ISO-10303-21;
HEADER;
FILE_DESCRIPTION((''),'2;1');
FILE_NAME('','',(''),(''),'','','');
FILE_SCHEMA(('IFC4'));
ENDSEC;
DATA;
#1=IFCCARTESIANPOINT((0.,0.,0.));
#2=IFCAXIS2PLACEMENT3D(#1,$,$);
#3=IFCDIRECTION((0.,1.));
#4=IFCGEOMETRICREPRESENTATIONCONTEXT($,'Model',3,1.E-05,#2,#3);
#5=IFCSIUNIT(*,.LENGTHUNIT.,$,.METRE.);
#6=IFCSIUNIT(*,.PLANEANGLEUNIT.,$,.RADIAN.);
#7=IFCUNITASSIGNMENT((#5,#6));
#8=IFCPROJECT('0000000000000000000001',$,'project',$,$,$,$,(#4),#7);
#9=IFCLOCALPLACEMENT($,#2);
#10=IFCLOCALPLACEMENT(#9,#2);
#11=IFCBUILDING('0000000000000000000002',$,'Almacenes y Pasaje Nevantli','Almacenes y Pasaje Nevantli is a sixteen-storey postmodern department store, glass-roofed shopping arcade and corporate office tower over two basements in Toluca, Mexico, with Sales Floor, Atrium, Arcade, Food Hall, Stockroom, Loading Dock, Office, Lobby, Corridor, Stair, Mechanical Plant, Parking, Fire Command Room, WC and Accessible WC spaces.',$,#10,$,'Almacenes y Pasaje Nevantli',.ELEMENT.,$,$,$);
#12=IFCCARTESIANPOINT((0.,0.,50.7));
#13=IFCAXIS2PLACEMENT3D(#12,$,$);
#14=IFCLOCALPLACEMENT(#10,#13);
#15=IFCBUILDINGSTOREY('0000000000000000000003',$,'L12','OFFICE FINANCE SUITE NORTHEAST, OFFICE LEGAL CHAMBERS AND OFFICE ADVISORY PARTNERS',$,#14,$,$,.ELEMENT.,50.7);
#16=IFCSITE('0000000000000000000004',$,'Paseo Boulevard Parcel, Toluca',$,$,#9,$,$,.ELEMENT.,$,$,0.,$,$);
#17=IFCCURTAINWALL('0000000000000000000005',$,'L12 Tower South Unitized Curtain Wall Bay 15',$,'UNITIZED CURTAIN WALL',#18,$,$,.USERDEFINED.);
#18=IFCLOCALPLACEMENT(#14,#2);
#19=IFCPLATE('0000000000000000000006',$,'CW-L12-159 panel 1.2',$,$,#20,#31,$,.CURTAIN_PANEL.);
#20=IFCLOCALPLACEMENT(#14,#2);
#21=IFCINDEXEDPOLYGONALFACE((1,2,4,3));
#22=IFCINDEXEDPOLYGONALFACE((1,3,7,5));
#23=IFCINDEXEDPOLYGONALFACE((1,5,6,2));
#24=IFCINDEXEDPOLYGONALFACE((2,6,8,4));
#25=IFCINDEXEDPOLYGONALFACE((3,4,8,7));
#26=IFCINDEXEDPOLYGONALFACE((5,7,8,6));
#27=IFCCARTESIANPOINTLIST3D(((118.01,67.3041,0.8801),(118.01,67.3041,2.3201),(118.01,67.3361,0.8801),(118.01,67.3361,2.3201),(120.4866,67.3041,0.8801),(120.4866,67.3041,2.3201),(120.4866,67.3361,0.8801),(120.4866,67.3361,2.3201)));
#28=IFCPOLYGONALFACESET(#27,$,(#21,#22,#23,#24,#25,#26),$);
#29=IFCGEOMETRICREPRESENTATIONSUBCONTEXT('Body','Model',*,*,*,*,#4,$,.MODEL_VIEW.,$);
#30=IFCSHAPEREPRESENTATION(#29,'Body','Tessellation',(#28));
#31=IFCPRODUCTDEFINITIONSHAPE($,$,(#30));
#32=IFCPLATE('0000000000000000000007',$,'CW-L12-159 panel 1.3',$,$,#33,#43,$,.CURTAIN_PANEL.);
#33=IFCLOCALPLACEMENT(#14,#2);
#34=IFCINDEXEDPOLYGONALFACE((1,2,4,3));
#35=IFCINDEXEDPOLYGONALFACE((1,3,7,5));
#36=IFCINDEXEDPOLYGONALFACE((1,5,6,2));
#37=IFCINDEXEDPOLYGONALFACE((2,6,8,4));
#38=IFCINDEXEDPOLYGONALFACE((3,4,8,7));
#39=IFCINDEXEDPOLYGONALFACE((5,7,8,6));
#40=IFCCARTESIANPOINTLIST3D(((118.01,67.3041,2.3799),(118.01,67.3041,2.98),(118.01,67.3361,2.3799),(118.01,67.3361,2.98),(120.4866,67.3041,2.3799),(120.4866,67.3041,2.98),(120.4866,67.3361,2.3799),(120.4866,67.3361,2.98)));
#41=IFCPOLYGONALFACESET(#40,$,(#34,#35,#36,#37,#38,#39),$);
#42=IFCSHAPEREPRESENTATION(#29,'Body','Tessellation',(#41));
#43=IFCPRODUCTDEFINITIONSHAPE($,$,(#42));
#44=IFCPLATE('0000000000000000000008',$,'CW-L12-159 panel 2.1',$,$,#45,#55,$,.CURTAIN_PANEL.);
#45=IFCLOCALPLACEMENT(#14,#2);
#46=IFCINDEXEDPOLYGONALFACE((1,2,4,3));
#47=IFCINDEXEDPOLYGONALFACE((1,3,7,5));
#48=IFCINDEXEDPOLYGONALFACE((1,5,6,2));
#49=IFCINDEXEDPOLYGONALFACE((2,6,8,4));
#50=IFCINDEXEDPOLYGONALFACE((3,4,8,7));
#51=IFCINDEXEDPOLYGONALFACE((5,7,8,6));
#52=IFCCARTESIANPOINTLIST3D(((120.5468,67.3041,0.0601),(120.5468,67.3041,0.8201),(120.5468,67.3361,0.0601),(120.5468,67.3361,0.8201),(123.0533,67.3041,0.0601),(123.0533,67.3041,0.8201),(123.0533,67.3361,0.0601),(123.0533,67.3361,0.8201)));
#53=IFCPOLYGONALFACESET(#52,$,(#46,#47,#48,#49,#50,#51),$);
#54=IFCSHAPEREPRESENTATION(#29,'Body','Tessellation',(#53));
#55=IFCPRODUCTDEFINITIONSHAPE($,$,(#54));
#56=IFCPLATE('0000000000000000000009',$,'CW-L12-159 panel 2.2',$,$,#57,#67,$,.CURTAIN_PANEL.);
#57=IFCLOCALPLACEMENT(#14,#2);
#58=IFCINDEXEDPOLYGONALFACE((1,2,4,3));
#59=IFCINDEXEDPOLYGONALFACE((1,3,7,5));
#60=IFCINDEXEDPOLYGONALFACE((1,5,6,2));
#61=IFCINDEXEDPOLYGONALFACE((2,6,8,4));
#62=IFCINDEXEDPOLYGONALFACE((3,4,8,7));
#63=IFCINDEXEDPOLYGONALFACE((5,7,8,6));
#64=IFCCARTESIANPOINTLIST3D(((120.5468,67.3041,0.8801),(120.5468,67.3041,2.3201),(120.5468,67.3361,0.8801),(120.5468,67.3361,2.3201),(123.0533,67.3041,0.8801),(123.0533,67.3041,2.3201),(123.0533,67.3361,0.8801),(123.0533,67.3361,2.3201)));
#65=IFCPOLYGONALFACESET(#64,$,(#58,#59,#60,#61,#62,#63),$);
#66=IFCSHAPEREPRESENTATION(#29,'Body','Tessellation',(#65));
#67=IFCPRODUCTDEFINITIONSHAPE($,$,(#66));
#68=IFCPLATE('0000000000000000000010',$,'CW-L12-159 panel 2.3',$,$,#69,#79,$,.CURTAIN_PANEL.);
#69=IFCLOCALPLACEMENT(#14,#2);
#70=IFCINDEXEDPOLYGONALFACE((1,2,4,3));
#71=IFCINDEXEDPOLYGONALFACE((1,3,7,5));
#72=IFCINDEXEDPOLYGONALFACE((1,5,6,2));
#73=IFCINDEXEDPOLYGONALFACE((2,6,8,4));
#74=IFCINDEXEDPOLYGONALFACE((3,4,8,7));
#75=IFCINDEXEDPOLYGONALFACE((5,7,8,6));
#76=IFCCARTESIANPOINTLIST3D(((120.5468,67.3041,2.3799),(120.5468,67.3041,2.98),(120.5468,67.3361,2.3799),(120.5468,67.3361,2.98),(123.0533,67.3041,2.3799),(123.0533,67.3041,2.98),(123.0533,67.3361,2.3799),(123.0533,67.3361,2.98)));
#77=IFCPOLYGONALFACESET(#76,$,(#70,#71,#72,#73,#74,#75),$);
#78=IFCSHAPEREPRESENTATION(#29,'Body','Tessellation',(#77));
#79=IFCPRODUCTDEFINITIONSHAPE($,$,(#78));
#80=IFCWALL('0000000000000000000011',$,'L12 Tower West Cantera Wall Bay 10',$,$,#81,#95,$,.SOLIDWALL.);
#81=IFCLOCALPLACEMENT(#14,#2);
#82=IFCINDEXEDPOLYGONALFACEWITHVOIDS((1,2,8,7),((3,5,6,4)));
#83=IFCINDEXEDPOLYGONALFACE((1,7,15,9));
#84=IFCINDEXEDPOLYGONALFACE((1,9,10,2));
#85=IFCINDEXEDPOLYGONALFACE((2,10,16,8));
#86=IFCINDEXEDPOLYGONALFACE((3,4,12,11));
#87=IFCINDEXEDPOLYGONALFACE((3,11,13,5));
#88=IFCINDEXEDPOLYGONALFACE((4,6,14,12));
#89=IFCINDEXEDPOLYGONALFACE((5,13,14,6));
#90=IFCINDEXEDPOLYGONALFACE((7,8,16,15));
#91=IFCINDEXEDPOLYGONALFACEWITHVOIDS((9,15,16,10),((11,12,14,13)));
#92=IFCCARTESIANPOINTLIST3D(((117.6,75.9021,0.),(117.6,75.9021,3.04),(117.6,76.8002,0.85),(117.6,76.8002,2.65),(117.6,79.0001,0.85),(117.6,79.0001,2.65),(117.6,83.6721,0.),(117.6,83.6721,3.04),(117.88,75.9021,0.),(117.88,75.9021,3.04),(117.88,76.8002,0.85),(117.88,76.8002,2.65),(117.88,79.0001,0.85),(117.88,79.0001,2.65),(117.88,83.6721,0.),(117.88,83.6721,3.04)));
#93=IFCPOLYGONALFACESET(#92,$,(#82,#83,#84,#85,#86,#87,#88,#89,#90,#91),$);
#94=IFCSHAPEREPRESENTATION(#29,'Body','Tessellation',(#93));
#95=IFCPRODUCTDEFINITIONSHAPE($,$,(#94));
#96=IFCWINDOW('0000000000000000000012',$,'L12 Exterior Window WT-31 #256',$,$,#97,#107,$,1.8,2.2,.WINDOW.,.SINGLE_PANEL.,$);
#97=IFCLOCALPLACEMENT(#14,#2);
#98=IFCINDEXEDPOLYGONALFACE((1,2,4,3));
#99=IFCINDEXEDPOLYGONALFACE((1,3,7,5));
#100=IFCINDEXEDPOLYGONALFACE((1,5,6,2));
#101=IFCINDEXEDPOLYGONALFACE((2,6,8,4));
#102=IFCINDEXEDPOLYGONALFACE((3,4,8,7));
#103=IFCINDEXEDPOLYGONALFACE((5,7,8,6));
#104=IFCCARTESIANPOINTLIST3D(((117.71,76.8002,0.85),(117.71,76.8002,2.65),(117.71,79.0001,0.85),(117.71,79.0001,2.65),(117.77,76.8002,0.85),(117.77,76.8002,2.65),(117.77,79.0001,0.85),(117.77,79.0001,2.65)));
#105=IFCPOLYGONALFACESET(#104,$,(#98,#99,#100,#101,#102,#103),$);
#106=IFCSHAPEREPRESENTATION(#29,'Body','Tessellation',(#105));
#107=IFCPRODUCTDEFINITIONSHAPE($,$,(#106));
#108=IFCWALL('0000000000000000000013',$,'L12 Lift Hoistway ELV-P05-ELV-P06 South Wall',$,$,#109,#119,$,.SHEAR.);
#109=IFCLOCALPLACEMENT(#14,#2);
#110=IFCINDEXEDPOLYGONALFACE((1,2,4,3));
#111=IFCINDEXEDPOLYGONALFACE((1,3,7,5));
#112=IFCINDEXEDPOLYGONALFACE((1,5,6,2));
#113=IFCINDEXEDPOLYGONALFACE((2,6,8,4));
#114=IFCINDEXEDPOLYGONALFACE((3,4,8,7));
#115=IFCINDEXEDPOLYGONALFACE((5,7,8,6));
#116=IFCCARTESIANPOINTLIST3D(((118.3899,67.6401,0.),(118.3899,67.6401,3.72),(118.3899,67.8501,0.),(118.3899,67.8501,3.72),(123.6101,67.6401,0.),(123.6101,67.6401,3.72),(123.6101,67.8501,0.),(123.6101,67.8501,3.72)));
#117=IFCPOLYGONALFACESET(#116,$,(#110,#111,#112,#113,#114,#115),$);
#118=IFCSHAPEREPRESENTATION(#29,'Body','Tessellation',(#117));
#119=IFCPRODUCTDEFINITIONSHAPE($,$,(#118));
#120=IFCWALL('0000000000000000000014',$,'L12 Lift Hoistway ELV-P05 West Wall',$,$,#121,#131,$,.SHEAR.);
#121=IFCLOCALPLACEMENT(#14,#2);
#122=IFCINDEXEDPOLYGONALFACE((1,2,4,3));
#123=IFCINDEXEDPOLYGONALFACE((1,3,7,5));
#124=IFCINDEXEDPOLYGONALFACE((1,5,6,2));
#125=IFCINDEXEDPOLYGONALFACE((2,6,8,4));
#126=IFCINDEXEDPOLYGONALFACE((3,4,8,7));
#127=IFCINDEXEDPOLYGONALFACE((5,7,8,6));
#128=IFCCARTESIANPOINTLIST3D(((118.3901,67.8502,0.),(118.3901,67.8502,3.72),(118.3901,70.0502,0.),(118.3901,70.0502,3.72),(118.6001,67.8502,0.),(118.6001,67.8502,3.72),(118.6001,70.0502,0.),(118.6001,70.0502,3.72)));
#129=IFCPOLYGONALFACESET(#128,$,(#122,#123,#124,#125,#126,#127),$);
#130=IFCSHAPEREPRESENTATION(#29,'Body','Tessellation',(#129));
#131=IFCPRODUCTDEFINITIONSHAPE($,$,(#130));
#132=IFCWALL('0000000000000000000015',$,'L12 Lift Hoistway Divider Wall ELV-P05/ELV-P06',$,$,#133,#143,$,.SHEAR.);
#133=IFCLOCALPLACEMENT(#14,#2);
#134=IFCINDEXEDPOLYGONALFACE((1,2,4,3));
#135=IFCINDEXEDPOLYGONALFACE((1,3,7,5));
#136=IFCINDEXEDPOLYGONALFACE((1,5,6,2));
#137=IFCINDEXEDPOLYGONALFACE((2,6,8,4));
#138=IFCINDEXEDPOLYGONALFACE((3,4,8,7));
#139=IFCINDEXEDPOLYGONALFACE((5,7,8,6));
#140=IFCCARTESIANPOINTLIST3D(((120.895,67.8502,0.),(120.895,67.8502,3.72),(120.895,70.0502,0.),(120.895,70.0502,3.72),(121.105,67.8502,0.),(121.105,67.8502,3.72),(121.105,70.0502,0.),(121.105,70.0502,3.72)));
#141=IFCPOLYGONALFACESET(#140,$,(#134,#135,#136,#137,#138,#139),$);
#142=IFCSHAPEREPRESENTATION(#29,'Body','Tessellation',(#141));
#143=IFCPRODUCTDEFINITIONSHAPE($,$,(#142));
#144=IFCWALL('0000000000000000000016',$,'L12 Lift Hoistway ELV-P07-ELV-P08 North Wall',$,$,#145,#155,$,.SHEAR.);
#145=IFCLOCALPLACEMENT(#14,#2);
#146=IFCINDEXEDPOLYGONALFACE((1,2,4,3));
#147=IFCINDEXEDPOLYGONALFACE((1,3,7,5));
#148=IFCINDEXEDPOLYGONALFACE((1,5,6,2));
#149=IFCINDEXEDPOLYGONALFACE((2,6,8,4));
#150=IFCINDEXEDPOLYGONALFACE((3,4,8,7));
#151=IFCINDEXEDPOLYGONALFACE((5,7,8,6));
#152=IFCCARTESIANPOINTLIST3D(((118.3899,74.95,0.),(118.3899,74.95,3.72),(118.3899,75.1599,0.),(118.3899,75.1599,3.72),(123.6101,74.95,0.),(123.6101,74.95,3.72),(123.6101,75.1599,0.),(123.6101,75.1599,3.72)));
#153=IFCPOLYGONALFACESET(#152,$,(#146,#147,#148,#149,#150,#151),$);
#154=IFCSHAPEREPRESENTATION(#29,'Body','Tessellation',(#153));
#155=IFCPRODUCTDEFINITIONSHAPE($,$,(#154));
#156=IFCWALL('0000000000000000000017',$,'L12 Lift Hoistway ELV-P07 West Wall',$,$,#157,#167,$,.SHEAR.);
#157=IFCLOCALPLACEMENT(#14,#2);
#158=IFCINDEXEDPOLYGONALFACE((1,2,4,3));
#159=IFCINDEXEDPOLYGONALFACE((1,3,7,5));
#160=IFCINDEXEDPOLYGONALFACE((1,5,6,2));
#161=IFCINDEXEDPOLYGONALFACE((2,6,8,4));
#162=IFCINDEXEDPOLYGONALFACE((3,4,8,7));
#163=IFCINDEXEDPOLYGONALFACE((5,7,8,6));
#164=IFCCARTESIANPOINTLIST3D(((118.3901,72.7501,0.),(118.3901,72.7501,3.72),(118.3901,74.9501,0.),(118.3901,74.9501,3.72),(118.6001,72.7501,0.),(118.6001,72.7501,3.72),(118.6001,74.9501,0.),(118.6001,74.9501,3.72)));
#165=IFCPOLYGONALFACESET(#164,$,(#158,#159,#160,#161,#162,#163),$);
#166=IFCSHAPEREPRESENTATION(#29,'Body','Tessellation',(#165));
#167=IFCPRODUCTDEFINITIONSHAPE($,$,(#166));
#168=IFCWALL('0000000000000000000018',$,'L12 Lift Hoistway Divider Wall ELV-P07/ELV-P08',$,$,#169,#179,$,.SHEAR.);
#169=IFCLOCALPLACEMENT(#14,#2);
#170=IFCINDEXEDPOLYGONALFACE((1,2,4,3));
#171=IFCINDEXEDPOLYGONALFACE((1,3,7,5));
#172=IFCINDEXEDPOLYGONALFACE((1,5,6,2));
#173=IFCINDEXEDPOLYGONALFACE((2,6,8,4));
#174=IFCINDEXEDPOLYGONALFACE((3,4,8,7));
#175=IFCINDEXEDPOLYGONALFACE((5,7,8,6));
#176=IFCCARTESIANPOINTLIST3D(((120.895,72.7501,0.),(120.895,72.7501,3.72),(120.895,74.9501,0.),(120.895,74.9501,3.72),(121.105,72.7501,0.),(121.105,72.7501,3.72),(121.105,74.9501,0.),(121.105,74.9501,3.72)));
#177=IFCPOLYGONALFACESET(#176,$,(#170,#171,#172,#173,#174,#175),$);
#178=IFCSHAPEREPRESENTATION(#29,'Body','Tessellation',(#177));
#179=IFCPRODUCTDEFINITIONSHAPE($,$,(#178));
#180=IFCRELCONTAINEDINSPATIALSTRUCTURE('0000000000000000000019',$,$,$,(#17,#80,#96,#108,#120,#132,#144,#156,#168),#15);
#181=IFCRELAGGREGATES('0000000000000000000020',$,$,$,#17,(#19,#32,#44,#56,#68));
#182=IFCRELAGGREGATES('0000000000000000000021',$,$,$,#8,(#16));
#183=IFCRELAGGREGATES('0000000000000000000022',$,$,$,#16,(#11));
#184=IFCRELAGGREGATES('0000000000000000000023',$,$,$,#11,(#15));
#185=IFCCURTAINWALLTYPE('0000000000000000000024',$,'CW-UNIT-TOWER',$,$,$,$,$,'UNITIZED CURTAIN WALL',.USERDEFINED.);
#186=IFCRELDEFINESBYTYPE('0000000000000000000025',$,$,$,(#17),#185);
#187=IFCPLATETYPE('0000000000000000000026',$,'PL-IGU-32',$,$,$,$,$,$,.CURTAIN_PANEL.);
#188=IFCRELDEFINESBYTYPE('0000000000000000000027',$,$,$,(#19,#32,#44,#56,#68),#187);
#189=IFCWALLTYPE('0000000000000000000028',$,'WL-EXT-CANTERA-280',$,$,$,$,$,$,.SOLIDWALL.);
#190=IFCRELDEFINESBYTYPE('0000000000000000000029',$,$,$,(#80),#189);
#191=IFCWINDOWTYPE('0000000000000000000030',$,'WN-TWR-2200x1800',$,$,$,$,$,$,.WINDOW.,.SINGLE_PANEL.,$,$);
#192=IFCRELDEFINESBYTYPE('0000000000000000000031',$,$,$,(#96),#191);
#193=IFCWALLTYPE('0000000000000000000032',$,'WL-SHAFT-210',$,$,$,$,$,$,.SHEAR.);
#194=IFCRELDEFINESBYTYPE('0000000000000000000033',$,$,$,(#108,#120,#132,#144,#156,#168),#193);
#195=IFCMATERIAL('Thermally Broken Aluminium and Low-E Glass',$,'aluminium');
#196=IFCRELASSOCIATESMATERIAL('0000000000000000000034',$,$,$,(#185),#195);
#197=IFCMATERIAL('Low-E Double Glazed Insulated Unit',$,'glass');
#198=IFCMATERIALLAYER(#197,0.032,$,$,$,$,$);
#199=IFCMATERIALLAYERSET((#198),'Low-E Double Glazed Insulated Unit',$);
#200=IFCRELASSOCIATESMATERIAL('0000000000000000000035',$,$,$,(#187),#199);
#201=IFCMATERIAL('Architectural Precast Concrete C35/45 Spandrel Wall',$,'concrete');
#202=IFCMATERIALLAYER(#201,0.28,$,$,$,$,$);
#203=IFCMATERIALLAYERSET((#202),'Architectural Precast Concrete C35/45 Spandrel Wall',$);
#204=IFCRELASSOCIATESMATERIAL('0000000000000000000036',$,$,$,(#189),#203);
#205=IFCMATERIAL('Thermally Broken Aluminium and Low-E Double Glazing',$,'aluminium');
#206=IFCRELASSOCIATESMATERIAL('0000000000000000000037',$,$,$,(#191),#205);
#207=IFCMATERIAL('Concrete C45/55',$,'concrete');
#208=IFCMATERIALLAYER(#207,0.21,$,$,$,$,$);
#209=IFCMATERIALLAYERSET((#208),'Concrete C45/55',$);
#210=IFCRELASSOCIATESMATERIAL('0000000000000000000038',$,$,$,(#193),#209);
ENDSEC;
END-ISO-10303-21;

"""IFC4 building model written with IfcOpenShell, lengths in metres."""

from ifc_helpers import new_model, si_unit, direction, frame, frame_2d, origin, origin_2d, place, context, subcontext, project, spatial, rectangle, extrude, material, layer, layer_set, type_object, element, fill, aggregate, save


model = new_model("IFC4")

# Units and contexts
model_context = context("Model", 3, precision=1e-05, world=origin(), true_north=direction((0.0, 1.0)))
body_context = subcontext(model_context, "Body", "Model", "MODEL_VIEW")
ifc_project = project(units=[si_unit("LENGTHUNIT", "METRE"), si_unit("PLANEANGLEUNIT", "RADIAN")], contexts=[model_context])

# Site, building, storey
site_placement = place(None, origin())
site = spatial("IfcSite", under=ifc_project, at=site_placement, Name="Paseo Boulevard Parcel, Toluca", CompositionType="ELEMENT", RefElevation=0.0)
building_placement = place(site_placement, origin())
building = spatial("IfcBuilding", under=site, at=building_placement, Name="Almacenes y Pasaje Nevantli", Description="Almacenes y Pasaje Nevantli is a sixteen-storey postmodern department store, glass-roofed shopping arcade and corporate office tower over two basements in Toluca, Mexico, with Sales Floor, Atrium, Arcade, Food Hall, Stockroom, Loading Dock, Office, Lobby, Corridor, Stair, Mechanical Plant, Parking, Fire Command Room, WC and Accessible WC spaces.", LongName="Almacenes y Pasaje Nevantli", CompositionType="ELEMENT")
storey_placement = place(building_placement, frame((0.0, 0.0, 50.7)))
storey = spatial("IfcBuildingStorey", under=building, at=storey_placement, Name="L12", Description="OFFICE FINANCE SUITE NORTHEAST, OFFICE LEGAL CHAMBERS AND OFFICE ADVISORY PARTNERS", CompositionType="ELEMENT", Elevation=50.7)

# Curtain wall, plates
ifc_material_1 = material(Name="Thermally Broken Aluminium and Low-E Glass", Category="aluminium")
curtain_wall_type = type_object("IfcCurtainWallType", Name="CW-UNIT-TOWER", ElementType="UNITIZED CURTAIN WALL", PredefinedType="USERDEFINED", material=ifc_material_1)
curtain_wall_placement = place(storey_placement, origin())
curtain_wall = element("IfcCurtainWall", 1, at=curtain_wall_placement, inside=storey, type_object=curtain_wall_type, Name="L12 Tower South Unitized Curtain Wall Bay 15", ObjectType="UNITIZED CURTAIN WALL", PredefinedType="USERDEFINED")
ifc_material_2 = material(Name="Low-E Double Glazed Insulated Unit", Category="glass")
ifc_layer_1 = layer(ifc_material_2, 0.032)
ifc_layer_set_1 = layer_set([ifc_layer_1], Name="Low-E Double Glazed Insulated Unit")
plate_type = type_object("IfcPlateType", Name="PL-IGU-32", PredefinedType="CURTAIN_PANEL", material=ifc_layer_set_1)
plate_1_placement = place(storey_placement, frame((119.2483, 67.3201, 0.8801), z_axis=(0.0, 0.0, 1.0), x_axis=(1.0, 0.0, 0.0)))
plate_1 = element("IfcPlate", 2, at=plate_1_placement, type_object=plate_type, Name="CW-L12-159 panel 1.2", PredefinedType="CURTAIN_PANEL", context=body_context, shape_type="SweptSolid", body=[
    extrude(rectangle(XDim=2.4766, YDim=0.032, at=origin_2d()), origin(), (0.0, 0.0, 1.0), 1.4399),
])
plate_2_placement = place(storey_placement, frame((119.2483, 67.3201, 2.3799), z_axis=(0.0, 0.0, 1.0), x_axis=(1.0, 0.0, 0.0)))
plate_2 = element("IfcPlate", 3, at=plate_2_placement, type_object=plate_type, Name="CW-L12-159 panel 1.3", PredefinedType="CURTAIN_PANEL", context=body_context, shape_type="SweptSolid", body=[
    extrude(rectangle(XDim=2.4766, YDim=0.032, at=origin_2d()), origin(), (0.0, 0.0, 1.0), 0.6001),
])
plate_3_placement = place(storey_placement, frame((121.8, 67.3201, 0.0601), z_axis=(0.0, 0.0, 1.0), x_axis=(1.0, 0.0, 0.0)))
plate_3 = element("IfcPlate", 4, at=plate_3_placement, type_object=plate_type, Name="CW-L12-159 panel 2.1", PredefinedType="CURTAIN_PANEL", context=body_context, shape_type="SweptSolid", body=[
    extrude(rectangle(XDim=2.5066, YDim=0.032, at=origin_2d()), origin(), (0.0, 0.0, 1.0), 0.76),
])
plate_4_placement = place(storey_placement, frame((121.8, 67.3201, 0.8801), z_axis=(0.0, 0.0, 1.0), x_axis=(1.0, 0.0, 0.0)))
plate_4 = element("IfcPlate", 5, at=plate_4_placement, type_object=plate_type, Name="CW-L12-159 panel 2.2", PredefinedType="CURTAIN_PANEL", context=body_context, shape_type="SweptSolid", body=[
    extrude(rectangle(XDim=2.5066, YDim=0.032, at=origin_2d()), origin(), (0.0, 0.0, 1.0), 1.4399),
])
plate_5_placement = place(storey_placement, frame((121.8, 67.3201, 2.3799), z_axis=(0.0, 0.0, 1.0), x_axis=(1.0, 0.0, 0.0)))
plate_5 = element("IfcPlate", 6, at=plate_5_placement, type_object=plate_type, Name="CW-L12-159 panel 2.3", PredefinedType="CURTAIN_PANEL", context=body_context, shape_type="SweptSolid", body=[
    extrude(rectangle(XDim=2.5066, YDim=0.032, at=origin_2d()), origin(), (0.0, 0.0, 1.0), 0.6001),
])
aggregate(curtain_wall, [plate_1, plate_2, plate_3, plate_4, plate_5])

# Wall, opening, window
ifc_material_3 = material(Name="Architectural Precast Concrete C35/45 Spandrel Wall", Category="concrete")
ifc_layer_2 = layer(ifc_material_3, 0.28)
ifc_layer_set_2 = layer_set([ifc_layer_2], Name="Architectural Precast Concrete C35/45 Spandrel Wall")
wall_type_1 = type_object("IfcWallType", Name="WL-EXT-CANTERA-280", PredefinedType="SOLIDWALL", material=ifc_layer_set_2)
wall_1_placement = place(storey_placement, frame((117.74, 75.9021, 0.0), z_axis=(0.0, 0.0, 1.0), x_axis=(0.0, 1.0, 0.0)))
wall_1 = element("IfcWall", 7, at=wall_1_placement, inside=storey, type_object=wall_type_1, Name="L12 Tower West Cantera Wall Bay 10", PredefinedType="SOLIDWALL", context=body_context, shape_type="SweptSolid", body=[
    extrude(rectangle(XDim=7.77, YDim=0.28, at=frame_2d((3.885, 0.0))), origin(), (0.0, 0.0, 1.0), 3.04),
])
opening_1_placement = place(wall_1_placement, frame((0.8979, 0.0, 0.8501)))
opening_1 = element("IfcOpeningElement", 8, at=opening_1_placement, cuts=wall_1, PredefinedType="OPENING", context=body_context, shape_type="SweptSolid", body=[
    extrude(rectangle(XDim=2.2, YDim=1.8, at=frame_2d((1.1001, 0.8999))), frame((0.0, 0.1499, 0.0), z_axis=(0.0, -1.0, 0.0), x_axis=(1.0, 0.0, 0.0)), (0.0, 0.0, 1.0), 0.3),
])
ifc_material_4 = material(Name="Thermally Broken Aluminium and Low-E Double Glazing", Category="aluminium")
window_type = type_object("IfcWindowType", Name="WN-TWR-2200x1800", PartitioningType="SINGLE_PANEL", PredefinedType="WINDOW", material=ifc_material_4)
window_placement = place(opening_1_placement, origin())
window = element("IfcWindow", 9, at=window_placement, inside=storey, type_object=window_type, Name="L12 Exterior Window WT-31 #256", OverallHeight=1.8, OverallWidth=2.2, PartitioningType="SINGLE_PANEL", PredefinedType="WINDOW", context=body_context, shape_type="SweptSolid", body=[
    extrude(rectangle(XDim=2.2, YDim=1.8, at=frame_2d((1.1001, 0.8999))), frame((0.0, 0.03, 0.0), z_axis=(0.0, -1.0, 0.0), x_axis=(1.0, 0.0, 0.0)), (0.0, 0.0, 1.0), 0.0601),
])
fill(opening_1, window)

# Wall
ifc_material_5 = material(Name="Concrete C45/55", Category="concrete")
ifc_layer_3 = layer(ifc_material_5, 0.21)
ifc_layer_set_3 = layer_set([ifc_layer_3], Name="Concrete C45/55")
wall_type_2 = type_object("IfcWallType", Name="WL-SHAFT-210", PredefinedType="SHEAR", material=ifc_layer_set_3)
wall_2_placement = place(storey_placement, frame((118.3899, 67.7451, 0.0), z_axis=(0.0, 0.0, 1.0), x_axis=(1.0, 0.0, 0.0)))
element("IfcWall", 10, at=wall_2_placement, inside=storey, type_object=wall_type_2, Name="L12 Lift Hoistway ELV-P05-ELV-P06 South Wall", PredefinedType="SHEAR", context=body_context, shape_type="SweptSolid", body=[
    extrude(rectangle(XDim=5.2202, YDim=0.21, at=frame_2d((2.6101, 0.0))), origin(), (0.0, 0.0, 1.0), 3.72),
])

# Walls
for number, where, z_axis, x_axis, name in (
    (11, (118.4951, 67.8501, 0.0), (0.0, 0.0, 1.0), (0.0, 1.0, 0.0), "L12 Lift Hoistway ELV-P05 West Wall"),
    (12, (121.0, 67.8501, 0.0), (0.0, 0.0, 1.0), (0.0, 1.0, 0.0), "L12 Lift Hoistway Divider Wall ELV-P05/ELV-P06"),
):
    element("IfcWall", number, at=place(storey_placement, frame(where, z_axis=z_axis, x_axis=x_axis)), inside=storey, type_object=wall_type_2, Name=name, PredefinedType="SHEAR", context=body_context, shape_type="SweptSolid", body=[
        extrude(rectangle(XDim=2.2, YDim=0.21, at=frame_2d((1.1001, 0.0))), origin(), (0.0, 0.0, 1.0), 3.72),
    ])

# Walls
wall_3_placement = place(storey_placement, frame((118.3899, 75.0549, 0.0), z_axis=(0.0, 0.0, 1.0), x_axis=(1.0, 0.0, 0.0)))
element("IfcWall", 13, at=wall_3_placement, inside=storey, type_object=wall_type_2, Name="L12 Lift Hoistway ELV-P07-ELV-P08 North Wall", PredefinedType="SHEAR", context=body_context, shape_type="SweptSolid", body=[
    extrude(rectangle(XDim=5.2202, YDim=0.21, at=frame_2d((2.6101, 0.0))), origin(), (0.0, 0.0, 1.0), 3.72),
])
for number, where, z_axis, x_axis, name in (
    (14, (118.4951, 72.75, 0.0), (0.0, 0.0, 1.0), (0.0, 1.0, 0.0), "L12 Lift Hoistway ELV-P07 West Wall"),
    (15, (121.0, 72.75, 0.0), (0.0, 0.0, 1.0), (0.0, 1.0, 0.0), "L12 Lift Hoistway Divider Wall ELV-P07/ELV-P08"),
):
    element("IfcWall", number, at=place(storey_placement, frame(where, z_axis=z_axis, x_axis=x_axis)), inside=storey, type_object=wall_type_2, Name=name, PredefinedType="SHEAR", context=body_context, shape_type="SweptSolid", body=[
        extrude(rectangle(XDim=2.2, YDim=0.21, at=frame_2d((1.1001, 0.0))), origin(), (0.0, 0.0, 1.0), 3.72),
    ])

save(model, "model.ifc")
